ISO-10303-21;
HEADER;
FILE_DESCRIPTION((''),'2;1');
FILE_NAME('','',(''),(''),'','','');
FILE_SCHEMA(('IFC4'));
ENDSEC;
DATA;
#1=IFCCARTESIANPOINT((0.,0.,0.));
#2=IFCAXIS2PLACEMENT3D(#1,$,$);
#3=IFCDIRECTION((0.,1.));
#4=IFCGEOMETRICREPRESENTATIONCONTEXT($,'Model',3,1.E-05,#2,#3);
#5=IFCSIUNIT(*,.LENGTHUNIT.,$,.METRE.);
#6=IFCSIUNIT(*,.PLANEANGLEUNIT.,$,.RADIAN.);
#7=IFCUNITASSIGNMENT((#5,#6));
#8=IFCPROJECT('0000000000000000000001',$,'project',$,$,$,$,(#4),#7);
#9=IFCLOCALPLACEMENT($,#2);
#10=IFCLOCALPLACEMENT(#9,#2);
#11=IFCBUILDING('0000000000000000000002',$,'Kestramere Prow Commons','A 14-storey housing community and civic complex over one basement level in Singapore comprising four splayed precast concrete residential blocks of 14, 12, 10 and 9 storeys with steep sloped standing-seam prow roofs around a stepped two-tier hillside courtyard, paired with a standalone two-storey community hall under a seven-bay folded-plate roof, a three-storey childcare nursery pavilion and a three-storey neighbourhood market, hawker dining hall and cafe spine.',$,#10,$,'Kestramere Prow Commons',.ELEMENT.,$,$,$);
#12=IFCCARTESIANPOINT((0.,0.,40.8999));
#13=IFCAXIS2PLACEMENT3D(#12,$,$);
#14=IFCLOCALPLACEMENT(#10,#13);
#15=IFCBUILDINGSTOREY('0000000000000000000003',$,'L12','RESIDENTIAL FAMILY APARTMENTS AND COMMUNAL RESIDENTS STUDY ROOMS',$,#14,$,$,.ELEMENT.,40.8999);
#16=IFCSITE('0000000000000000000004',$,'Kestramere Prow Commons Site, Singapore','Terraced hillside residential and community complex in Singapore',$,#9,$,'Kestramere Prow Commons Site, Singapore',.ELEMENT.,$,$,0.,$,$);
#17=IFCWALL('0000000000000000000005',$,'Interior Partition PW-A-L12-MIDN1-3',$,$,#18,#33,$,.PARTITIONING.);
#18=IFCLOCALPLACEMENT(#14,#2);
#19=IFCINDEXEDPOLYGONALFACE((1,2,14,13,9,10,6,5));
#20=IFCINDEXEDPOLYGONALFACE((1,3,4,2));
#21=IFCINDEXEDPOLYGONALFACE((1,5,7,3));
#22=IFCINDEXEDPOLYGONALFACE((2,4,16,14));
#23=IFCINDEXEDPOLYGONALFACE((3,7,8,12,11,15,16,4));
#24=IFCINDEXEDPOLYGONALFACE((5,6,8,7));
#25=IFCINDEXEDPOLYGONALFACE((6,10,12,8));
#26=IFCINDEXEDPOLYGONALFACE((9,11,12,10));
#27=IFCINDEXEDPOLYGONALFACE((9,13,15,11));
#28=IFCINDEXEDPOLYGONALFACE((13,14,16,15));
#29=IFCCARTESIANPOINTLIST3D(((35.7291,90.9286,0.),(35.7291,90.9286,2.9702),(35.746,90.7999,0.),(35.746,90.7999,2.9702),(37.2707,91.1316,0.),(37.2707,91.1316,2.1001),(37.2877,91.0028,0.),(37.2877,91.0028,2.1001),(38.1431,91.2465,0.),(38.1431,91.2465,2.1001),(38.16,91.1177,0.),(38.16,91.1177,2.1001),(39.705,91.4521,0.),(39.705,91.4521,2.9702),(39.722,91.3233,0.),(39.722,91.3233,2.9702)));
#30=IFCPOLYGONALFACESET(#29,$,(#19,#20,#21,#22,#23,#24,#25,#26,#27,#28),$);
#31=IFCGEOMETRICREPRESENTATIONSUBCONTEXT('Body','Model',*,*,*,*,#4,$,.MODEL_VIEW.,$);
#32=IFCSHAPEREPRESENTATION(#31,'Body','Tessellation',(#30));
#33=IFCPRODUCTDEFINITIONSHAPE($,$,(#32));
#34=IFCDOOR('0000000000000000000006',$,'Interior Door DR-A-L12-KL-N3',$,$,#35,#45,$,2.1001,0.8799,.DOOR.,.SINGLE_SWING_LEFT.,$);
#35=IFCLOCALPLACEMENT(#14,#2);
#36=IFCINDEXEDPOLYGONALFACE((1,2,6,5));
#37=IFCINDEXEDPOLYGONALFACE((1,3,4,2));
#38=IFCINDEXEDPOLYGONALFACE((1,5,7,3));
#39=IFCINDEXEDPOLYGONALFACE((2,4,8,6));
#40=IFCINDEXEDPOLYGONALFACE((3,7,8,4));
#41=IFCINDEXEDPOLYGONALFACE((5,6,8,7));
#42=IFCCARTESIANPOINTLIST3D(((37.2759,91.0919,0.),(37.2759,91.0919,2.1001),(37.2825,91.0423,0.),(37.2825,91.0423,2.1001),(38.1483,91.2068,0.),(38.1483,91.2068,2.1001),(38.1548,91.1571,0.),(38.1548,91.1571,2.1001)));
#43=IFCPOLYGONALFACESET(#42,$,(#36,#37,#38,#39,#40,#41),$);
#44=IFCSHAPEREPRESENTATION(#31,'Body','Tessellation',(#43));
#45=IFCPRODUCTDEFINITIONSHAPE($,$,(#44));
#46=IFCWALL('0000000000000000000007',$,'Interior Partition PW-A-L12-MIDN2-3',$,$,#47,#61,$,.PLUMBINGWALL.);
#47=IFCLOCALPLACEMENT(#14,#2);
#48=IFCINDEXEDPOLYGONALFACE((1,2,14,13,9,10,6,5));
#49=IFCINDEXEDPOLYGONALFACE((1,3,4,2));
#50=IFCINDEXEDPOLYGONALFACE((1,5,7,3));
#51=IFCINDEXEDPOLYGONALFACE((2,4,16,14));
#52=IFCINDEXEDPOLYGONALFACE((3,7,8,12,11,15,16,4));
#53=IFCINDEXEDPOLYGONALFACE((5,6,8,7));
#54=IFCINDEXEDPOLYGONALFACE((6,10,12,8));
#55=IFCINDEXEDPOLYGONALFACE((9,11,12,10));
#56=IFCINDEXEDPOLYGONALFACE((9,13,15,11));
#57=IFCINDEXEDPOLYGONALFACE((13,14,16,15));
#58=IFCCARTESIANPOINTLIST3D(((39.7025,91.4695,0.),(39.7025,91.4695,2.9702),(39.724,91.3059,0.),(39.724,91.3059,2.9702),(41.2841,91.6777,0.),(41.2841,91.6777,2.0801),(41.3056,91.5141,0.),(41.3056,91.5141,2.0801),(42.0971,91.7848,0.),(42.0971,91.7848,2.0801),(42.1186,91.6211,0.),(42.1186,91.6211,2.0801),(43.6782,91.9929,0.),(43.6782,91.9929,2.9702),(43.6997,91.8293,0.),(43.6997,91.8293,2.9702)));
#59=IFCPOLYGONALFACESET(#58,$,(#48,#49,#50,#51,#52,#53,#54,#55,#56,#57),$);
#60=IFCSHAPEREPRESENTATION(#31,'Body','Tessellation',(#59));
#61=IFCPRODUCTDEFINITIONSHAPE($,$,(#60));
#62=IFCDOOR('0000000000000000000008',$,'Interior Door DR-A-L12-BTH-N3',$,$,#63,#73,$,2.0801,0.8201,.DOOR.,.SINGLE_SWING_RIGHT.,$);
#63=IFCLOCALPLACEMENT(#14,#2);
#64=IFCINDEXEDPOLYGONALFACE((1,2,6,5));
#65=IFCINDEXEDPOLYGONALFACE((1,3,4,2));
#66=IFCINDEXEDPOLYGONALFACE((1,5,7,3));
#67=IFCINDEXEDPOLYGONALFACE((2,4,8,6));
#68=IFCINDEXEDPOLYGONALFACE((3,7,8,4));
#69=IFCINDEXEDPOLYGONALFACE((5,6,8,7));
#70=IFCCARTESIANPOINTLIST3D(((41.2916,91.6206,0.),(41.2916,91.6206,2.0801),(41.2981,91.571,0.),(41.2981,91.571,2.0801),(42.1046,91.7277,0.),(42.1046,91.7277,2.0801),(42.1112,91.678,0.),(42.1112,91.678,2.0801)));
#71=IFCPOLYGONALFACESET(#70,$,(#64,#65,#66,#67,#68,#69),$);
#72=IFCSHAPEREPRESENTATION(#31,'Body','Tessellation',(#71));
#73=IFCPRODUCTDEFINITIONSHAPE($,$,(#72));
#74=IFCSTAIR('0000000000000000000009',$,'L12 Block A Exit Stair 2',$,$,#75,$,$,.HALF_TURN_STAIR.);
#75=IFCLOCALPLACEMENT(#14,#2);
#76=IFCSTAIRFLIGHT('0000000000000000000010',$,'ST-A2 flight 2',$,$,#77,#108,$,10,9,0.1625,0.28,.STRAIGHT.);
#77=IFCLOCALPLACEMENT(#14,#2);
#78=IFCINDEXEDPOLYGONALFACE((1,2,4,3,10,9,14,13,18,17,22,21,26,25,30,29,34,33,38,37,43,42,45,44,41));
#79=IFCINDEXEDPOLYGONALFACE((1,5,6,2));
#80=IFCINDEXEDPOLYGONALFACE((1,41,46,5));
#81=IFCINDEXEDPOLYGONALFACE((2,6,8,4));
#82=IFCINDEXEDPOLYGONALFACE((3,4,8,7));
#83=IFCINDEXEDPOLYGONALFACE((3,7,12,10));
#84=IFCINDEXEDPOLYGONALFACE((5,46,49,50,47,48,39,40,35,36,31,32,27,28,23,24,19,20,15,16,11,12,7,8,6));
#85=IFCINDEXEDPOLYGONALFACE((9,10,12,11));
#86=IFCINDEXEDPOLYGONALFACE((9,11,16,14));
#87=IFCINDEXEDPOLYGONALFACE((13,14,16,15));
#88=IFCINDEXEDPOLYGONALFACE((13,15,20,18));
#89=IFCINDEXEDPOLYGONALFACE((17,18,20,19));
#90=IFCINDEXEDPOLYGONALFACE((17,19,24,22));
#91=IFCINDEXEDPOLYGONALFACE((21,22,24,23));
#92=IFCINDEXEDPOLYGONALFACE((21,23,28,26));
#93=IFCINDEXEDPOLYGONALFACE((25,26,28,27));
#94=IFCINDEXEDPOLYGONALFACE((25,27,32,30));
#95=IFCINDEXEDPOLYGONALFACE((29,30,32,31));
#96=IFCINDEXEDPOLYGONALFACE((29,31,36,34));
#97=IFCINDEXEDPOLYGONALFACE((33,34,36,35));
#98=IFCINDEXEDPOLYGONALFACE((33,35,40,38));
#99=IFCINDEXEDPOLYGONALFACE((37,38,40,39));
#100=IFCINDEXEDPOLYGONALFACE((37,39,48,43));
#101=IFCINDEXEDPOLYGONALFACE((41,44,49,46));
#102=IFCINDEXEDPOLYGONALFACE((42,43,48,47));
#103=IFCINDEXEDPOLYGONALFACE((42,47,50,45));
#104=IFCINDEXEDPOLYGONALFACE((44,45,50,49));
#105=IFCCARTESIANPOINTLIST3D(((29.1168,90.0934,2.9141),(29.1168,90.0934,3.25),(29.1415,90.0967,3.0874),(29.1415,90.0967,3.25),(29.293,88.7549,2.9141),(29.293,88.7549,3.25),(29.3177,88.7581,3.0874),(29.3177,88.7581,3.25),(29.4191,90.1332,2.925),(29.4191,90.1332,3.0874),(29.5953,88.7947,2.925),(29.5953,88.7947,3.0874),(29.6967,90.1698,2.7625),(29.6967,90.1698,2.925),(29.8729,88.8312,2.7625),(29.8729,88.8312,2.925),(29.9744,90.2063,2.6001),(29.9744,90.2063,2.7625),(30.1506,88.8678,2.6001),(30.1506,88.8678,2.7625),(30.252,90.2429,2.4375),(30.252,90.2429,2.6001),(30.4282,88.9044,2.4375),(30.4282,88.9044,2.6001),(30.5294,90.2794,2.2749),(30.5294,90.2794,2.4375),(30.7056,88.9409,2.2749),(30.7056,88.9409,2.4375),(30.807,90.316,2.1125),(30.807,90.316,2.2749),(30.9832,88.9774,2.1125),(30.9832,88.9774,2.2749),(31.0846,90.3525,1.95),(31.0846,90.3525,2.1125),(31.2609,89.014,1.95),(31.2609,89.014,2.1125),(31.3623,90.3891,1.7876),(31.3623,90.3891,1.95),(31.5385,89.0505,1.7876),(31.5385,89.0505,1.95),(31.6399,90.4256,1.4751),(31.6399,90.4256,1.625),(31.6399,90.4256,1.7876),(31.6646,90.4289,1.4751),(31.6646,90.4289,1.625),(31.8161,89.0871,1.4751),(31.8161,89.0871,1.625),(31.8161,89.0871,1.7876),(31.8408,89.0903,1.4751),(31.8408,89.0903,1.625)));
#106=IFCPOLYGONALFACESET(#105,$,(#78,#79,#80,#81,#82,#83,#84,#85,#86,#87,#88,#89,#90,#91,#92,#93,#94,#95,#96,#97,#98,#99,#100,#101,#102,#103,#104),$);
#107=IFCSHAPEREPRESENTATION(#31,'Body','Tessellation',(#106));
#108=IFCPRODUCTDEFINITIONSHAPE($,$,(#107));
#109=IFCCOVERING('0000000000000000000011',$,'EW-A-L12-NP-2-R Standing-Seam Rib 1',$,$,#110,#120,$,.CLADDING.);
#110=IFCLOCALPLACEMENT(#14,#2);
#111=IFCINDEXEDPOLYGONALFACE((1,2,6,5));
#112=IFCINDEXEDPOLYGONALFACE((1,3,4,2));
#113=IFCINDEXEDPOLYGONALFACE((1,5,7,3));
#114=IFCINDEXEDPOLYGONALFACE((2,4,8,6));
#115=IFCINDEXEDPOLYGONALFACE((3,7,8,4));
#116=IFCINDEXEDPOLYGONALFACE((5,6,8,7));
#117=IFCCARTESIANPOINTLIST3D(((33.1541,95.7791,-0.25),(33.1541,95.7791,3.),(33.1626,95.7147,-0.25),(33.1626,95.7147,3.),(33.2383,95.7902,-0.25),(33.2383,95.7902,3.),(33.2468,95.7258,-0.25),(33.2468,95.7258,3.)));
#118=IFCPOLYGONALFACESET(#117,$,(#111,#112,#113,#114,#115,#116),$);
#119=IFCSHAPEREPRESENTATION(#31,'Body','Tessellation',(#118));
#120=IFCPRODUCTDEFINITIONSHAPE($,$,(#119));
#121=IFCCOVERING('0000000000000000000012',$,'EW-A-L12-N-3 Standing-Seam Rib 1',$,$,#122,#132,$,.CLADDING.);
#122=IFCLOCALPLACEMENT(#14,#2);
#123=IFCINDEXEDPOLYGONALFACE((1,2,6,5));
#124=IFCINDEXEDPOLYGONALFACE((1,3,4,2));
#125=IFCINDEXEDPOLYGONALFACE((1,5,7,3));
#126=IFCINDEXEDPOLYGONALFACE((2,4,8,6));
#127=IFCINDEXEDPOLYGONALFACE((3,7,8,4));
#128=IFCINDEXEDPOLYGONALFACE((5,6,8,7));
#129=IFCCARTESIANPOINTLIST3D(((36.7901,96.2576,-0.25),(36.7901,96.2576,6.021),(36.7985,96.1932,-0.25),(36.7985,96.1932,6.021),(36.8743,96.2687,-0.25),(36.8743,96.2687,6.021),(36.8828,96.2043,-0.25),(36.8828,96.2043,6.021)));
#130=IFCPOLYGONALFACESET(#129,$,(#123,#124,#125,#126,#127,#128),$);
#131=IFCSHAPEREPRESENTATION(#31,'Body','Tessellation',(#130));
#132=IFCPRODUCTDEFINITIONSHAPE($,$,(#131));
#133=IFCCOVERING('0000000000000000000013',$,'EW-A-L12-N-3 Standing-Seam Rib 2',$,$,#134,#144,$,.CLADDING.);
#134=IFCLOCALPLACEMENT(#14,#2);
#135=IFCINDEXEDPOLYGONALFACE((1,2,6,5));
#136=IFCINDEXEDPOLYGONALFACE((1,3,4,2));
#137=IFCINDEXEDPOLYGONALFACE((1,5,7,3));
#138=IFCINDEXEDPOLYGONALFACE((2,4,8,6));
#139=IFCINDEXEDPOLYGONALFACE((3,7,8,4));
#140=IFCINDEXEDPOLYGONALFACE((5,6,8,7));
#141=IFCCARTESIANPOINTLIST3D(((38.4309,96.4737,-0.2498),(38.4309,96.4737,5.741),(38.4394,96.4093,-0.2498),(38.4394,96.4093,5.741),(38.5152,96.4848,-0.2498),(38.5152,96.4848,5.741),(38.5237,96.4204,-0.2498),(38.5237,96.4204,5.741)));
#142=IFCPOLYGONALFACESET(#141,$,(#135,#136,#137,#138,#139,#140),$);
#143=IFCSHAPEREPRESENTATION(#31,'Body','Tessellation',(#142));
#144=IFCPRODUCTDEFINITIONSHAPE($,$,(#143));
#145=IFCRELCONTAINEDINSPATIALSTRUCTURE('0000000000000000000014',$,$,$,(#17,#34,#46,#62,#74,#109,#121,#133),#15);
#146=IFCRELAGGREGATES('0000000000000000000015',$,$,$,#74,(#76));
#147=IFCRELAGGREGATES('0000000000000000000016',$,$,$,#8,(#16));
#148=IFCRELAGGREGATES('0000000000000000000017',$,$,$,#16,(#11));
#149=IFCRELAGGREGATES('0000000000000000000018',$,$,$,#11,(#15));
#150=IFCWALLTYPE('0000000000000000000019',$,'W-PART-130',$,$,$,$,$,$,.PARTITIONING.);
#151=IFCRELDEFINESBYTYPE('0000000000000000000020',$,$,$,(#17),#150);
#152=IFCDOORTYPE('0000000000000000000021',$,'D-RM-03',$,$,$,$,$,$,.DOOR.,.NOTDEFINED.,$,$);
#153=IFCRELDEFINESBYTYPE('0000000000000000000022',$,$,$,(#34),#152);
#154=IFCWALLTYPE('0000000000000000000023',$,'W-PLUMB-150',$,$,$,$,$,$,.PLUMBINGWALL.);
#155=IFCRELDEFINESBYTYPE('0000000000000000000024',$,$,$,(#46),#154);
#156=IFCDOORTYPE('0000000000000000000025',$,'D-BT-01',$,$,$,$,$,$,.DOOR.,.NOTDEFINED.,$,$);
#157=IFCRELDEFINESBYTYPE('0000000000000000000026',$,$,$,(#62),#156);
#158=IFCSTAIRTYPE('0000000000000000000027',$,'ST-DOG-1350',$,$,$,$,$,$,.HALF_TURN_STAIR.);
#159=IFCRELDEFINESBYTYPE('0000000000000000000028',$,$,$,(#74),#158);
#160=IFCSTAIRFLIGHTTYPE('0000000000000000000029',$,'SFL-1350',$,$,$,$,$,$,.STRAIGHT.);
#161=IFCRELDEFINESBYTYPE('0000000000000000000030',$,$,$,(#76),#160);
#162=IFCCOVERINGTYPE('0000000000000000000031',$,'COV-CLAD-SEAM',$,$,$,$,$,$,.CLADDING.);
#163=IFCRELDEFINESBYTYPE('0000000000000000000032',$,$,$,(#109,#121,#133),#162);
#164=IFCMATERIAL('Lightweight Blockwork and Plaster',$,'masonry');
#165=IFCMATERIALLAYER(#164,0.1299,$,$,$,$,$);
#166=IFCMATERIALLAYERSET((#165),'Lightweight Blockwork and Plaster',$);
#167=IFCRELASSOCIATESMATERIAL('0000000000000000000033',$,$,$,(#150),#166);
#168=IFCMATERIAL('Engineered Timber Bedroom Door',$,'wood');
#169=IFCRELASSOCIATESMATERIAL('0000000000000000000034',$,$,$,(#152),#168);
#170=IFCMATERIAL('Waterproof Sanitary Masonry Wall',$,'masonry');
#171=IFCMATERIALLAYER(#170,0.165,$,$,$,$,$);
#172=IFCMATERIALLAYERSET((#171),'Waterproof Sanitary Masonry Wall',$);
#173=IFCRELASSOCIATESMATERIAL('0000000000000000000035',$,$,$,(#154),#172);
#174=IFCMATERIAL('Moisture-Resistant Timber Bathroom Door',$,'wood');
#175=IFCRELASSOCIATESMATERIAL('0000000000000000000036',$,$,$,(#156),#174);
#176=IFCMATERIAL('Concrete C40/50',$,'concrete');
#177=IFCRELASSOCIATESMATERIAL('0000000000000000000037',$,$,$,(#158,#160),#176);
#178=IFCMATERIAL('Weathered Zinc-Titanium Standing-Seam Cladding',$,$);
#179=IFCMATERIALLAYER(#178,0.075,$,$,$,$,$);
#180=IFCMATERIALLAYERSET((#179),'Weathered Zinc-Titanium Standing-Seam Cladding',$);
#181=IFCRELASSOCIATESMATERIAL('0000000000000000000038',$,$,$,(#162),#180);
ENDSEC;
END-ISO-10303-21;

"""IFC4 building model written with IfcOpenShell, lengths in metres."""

from ifc_helpers import new_model, si_unit, direction, frame, frame_2d, origin, origin_2d, place, context, subcontext, project, spatial, polyline, rectangle, outline, extrude, material, layer, layer_set, type_object, element, fill, aggregate, save


model = new_model("IFC4")

# Units and contexts
model_context = context("Model", 3, precision=1e-05, world=origin(), true_north=direction((0.0, 1.0)))
body_context = subcontext(model_context, "Body", "Model", "MODEL_VIEW")
ifc_project = project(units=[si_unit("LENGTHUNIT", "METRE"), si_unit("PLANEANGLEUNIT", "RADIAN")], contexts=[model_context])

# Site, building, storey
site_placement = place(None, origin())
site = spatial("IfcSite", under=ifc_project, at=site_placement, Name="Kestramere Prow Commons Site, Singapore", Description="Terraced hillside residential and community complex in Singapore", LongName="Kestramere Prow Commons Site, Singapore", CompositionType="ELEMENT", RefElevation=0.0)
building_placement = place(site_placement, origin())
building = spatial("IfcBuilding", under=site, at=building_placement, Name="Kestramere Prow Commons", Description="A 14-storey housing community and civic complex over one basement level in Singapore comprising four splayed precast concrete residential blocks of 14, 12, 10 and 9 storeys with steep sloped standing-seam prow roofs around a stepped two-tier hillside courtyard, paired with a standalone two-storey community hall under a seven-bay folded-plate roof, a three-storey childcare nursery pavilion and a three-storey neighbourhood market, hawker dining hall and cafe spine.", LongName="Kestramere Prow Commons", CompositionType="ELEMENT")
storey_placement = place(building_placement, frame((0.0, 0.0, 40.8999)))
storey = spatial("IfcBuildingStorey", under=building, at=storey_placement, Name="L12", Description="RESIDENTIAL FAMILY APARTMENTS AND COMMUNAL RESIDENTS STUDY ROOMS", CompositionType="ELEMENT", Elevation=40.8999)

# Shared definitions
ifc_material_1 = material(Name="Concrete C40/50", Category="concrete")

# Walls, openings, doors
ifc_material_2 = material(Name="Lightweight Blockwork and Plaster", Category="masonry")
ifc_layer_1 = layer(ifc_material_2, 0.1299)
ifc_layer_set_1 = layer_set([ifc_layer_1], Name="Lightweight Blockwork and Plaster")
wall_type_1 = type_object("IfcWallType", Name="W-PART-130", PredefinedType="PARTITIONING", material=ifc_layer_set_1)
wall_1_placement = place(storey_placement, frame((35.7375, 90.8643, 0.0), z_axis=(0.0, 0.0, 1.0), x_axis=(0.991445, 0.130529, 0.0)))
wall_1 = element("IfcWall", 1, at=wall_1_placement, inside=storey, type_object=wall_type_1, Name="Interior Partition PW-A-L12-MIDN1-3", PredefinedType="PARTITIONING", context=body_context, shape_type="SweptSolid", body=[
    extrude(rectangle(XDim=4.0103, YDim=0.1299, at=frame_2d((2.0051, 0.0))), origin(), (0.0, 0.0, 1.0), 2.9702),
])
opening_1_placement = place(wall_1_placement, frame((1.5549, 0.0, 0.0)))
opening_1 = element("IfcOpeningElement", 2, at=opening_1_placement, cuts=wall_1, PredefinedType="OPENING", context=body_context, shape_type="SweptSolid", body=[
    extrude(rectangle(XDim=0.8799, YDim=2.1001, at=frame_2d((0.4399, 1.05))), frame((0.0, 0.0798, 0.0), z_axis=(0.0, -1.0, 0.0), x_axis=(1.0, 0.0, 0.0)), (0.0, 0.0, 1.0), 0.1599),
])
ifc_material_3 = material(Name="Engineered Timber Bedroom Door", Category="wood")
door_type_1 = type_object("IfcDoorType", Name="D-RM-03", OperationType="NOTDEFINED", PredefinedType="DOOR", material=ifc_material_3)
door_1_placement = place(opening_1_placement, origin())
door_1 = element("IfcDoor", 3, at=door_1_placement, inside=storey, type_object=door_type_1, Name="Interior Door DR-A-L12-KL-N3", OperationType="SINGLE_SWING_LEFT", OverallHeight=2.1001, OverallWidth=0.8799, PredefinedType="DOOR", context=body_context, shape_type="SweptSolid", body=[
    extrude(rectangle(XDim=0.8799, YDim=2.1001, at=frame_2d((0.4399, 1.05))), frame((0.0, 0.0249, 0.0), z_axis=(0.0, -1.0, 0.0), x_axis=(1.0, 0.0, 0.0)), (0.0, 0.0, 1.0), 0.05),
])
fill(opening_1, door_1)
ifc_material_4 = material(Name="Waterproof Sanitary Masonry Wall", Category="masonry")
ifc_layer_2 = layer(ifc_material_4, 0.165)
ifc_layer_set_2 = layer_set([ifc_layer_2], Name="Waterproof Sanitary Masonry Wall")
wall_type_2 = type_object("IfcWallType", Name="W-PLUMB-150", PredefinedType="PLUMBINGWALL", material=ifc_layer_set_2)
wall_2_placement = place(storey_placement, frame((39.7134, 91.3877, 0.0), z_axis=(0.0, 0.0, 1.0), x_axis=(0.991444, 0.130536, 0.0)))
wall_2 = element("IfcWall", 4, at=wall_2_placement, inside=storey, type_object=wall_type_2, Name="Interior Partition PW-A-L12-MIDN2-3", PredefinedType="PLUMBINGWALL", context=body_context, shape_type="SweptSolid", body=[
    extrude(rectangle(XDim=4.01, YDim=0.165, at=frame_2d((2.0049, 0.0))), origin(), (0.0, 0.0, 1.0), 2.9702),
])
opening_2_placement = place(wall_2_placement, frame((1.595, 0.0, 0.0)))
opening_2 = element("IfcOpeningElement", 5, at=opening_2_placement, cuts=wall_2, PredefinedType="OPENING", context=body_context, shape_type="SweptSolid", body=[
    extrude(rectangle(XDim=0.8201, YDim=2.0801, at=frame_2d((0.4102, 1.04))), frame((0.0, 0.0974, 0.0), z_axis=(0.0, -1.0, 0.0), x_axis=(1.0, 0.0, 0.0)), (0.0, 0.0, 1.0), 0.1951),
])
ifc_material_5 = material(Name="Moisture-Resistant Timber Bathroom Door", Category="wood")
door_type_2 = type_object("IfcDoorType", Name="D-BT-01", OperationType="NOTDEFINED", PredefinedType="DOOR", material=ifc_material_5)
door_2_placement = place(opening_2_placement, origin())
door_2 = element("IfcDoor", 6, at=door_2_placement, inside=storey, type_object=door_type_2, Name="Interior Door DR-A-L12-BTH-N3", OperationType="SINGLE_SWING_RIGHT", OverallHeight=2.0801, OverallWidth=0.8201, PredefinedType="DOOR", context=body_context, shape_type="SweptSolid", body=[
    extrude(rectangle(XDim=0.8201, YDim=2.0801, at=frame_2d((0.4102, 1.04))), frame((0.0, 0.0249, 0.0), z_axis=(0.0, -1.0, 0.0), x_axis=(1.0, 0.0, 0.0)), (0.0, 0.0, 1.0), 0.05),
])
fill(opening_2, door_2)

# Stair, stair flight
stair_type = type_object("IfcStairType", Name="ST-DOG-1350", PredefinedType="HALF_TURN_STAIR", material=ifc_material_1)
stair_placement = place(storey_placement, origin())
stair = element("IfcStair", 7, at=stair_placement, inside=storey, type_object=stair_type, Name="L12 Block A Exit Stair 2", PredefinedType="HALF_TURN_STAIR")
stair_flight_type = type_object("IfcStairFlightType", Name="SFL-1350", PredefinedType="STRAIGHT", material=ifc_material_1)
stair_flight_placement = place(storey_placement, frame((31.728, 89.7563, 1.625), z_axis=(0.0, 0.0, 1.0), x_axis=(-0.991445, -0.130526, 0.0)))
stair_flight = element("IfcStairFlight", 8, at=stair_flight_placement, type_object=stair_flight_type, Name="ST-A2 flight 2", NumberOfRisers=10, NumberOfTreads=9, PredefinedType="STRAIGHT", RiserHeight=0.1625, TreadLength=0.28, context=body_context, shape_type="SweptSolid", body=[
    extrude(outline(polyline([(-0.0249, 0.0), (0.0, 0.0), (0.0, 0.1626), (0.28, 0.1626), (0.28, 0.325), (0.5601, 0.325), (0.5601, 0.4875), (0.8401, 0.4875), (0.8401, 0.6499), (1.1201, 0.6499), (1.1201, 0.8125), (1.3999, 0.8125), (1.3999, 0.9751), (1.6799, 0.9751), (1.6799, 1.1375), (1.96, 1.1375), (1.96, 1.3), (2.24, 1.3), (2.24, 1.4624), (2.52, 1.4624), (2.52, 1.625), (2.5449, 1.625), (2.5449, 1.2891), (0.0, -0.1499), (-0.0249, -0.1499), (-0.0249, 0.0)])), frame((0.0, 0.675, 0.0), z_axis=(0.0, -1.0, 0.0), x_axis=(1.0, 0.0, 0.0)), (0.0, 0.0, 1.0), 1.3501),
])
aggregate(stair, [stair_flight])

# Coverings
ifc_material_6 = material(Name="Weathered Zinc-Titanium Standing-Seam Cladding")
ifc_layer_3 = layer(ifc_material_6, 0.075)
ifc_layer_set_3 = layer_set([ifc_layer_3], Name="Weathered Zinc-Titanium Standing-Seam Cladding")
covering_type = type_object("IfcCoveringType", Name="COV-CLAD-SEAM", PredefinedType="CLADDING", material=ifc_layer_set_3)
covering_1_placement = place(storey_placement, frame((33.2004, 95.7524, -0.25), z_axis=(0.0, 0.0, 1.0), x_axis=(0.991445, 0.130526, 0.0)))
element("IfcCovering", 9, at=covering_1_placement, inside=storey, type_object=covering_type, Name="EW-A-L12-NP-2-R Standing-Seam Rib 1", PredefinedType="CLADDING", context=body_context, shape_type="SweptSolid", body=[
    extrude(rectangle(XDim=0.085, YDim=0.0649, at=origin_2d()), origin(), (0.0, 0.0, 1.0), 3.25),
])
covering_2_placement = place(storey_placement, frame((36.8364, 96.231, -0.25), z_axis=(0.0, 0.0, 1.0), x_axis=(0.991445, 0.130526, 0.0)))
element("IfcCovering", 10, at=covering_2_placement, inside=storey, type_object=covering_type, Name="EW-A-L12-N-3 Standing-Seam Rib 1", PredefinedType="CLADDING", context=body_context, shape_type="SweptSolid", body=[
    extrude(rectangle(XDim=0.085, YDim=0.0649, at=origin_2d()), origin(), (0.0, 0.0, 1.0), 6.271),
])
covering_3_placement = place(storey_placement, frame((38.4773, 96.447, -0.2498), z_axis=(0.0, 0.0, 1.0), x_axis=(0.991445, 0.130526, 0.0)))
element("IfcCovering", 11, at=covering_3_placement, inside=storey, type_object=covering_type, Name="EW-A-L12-N-3 Standing-Seam Rib 2", PredefinedType="CLADDING", context=body_context, shape_type="SweptSolid", body=[
    extrude(rectangle(XDim=0.085, YDim=0.0649, at=origin_2d()), origin(), (0.0, 0.0, 1.0), 5.9907),
])

save(model, "model.ifc")
